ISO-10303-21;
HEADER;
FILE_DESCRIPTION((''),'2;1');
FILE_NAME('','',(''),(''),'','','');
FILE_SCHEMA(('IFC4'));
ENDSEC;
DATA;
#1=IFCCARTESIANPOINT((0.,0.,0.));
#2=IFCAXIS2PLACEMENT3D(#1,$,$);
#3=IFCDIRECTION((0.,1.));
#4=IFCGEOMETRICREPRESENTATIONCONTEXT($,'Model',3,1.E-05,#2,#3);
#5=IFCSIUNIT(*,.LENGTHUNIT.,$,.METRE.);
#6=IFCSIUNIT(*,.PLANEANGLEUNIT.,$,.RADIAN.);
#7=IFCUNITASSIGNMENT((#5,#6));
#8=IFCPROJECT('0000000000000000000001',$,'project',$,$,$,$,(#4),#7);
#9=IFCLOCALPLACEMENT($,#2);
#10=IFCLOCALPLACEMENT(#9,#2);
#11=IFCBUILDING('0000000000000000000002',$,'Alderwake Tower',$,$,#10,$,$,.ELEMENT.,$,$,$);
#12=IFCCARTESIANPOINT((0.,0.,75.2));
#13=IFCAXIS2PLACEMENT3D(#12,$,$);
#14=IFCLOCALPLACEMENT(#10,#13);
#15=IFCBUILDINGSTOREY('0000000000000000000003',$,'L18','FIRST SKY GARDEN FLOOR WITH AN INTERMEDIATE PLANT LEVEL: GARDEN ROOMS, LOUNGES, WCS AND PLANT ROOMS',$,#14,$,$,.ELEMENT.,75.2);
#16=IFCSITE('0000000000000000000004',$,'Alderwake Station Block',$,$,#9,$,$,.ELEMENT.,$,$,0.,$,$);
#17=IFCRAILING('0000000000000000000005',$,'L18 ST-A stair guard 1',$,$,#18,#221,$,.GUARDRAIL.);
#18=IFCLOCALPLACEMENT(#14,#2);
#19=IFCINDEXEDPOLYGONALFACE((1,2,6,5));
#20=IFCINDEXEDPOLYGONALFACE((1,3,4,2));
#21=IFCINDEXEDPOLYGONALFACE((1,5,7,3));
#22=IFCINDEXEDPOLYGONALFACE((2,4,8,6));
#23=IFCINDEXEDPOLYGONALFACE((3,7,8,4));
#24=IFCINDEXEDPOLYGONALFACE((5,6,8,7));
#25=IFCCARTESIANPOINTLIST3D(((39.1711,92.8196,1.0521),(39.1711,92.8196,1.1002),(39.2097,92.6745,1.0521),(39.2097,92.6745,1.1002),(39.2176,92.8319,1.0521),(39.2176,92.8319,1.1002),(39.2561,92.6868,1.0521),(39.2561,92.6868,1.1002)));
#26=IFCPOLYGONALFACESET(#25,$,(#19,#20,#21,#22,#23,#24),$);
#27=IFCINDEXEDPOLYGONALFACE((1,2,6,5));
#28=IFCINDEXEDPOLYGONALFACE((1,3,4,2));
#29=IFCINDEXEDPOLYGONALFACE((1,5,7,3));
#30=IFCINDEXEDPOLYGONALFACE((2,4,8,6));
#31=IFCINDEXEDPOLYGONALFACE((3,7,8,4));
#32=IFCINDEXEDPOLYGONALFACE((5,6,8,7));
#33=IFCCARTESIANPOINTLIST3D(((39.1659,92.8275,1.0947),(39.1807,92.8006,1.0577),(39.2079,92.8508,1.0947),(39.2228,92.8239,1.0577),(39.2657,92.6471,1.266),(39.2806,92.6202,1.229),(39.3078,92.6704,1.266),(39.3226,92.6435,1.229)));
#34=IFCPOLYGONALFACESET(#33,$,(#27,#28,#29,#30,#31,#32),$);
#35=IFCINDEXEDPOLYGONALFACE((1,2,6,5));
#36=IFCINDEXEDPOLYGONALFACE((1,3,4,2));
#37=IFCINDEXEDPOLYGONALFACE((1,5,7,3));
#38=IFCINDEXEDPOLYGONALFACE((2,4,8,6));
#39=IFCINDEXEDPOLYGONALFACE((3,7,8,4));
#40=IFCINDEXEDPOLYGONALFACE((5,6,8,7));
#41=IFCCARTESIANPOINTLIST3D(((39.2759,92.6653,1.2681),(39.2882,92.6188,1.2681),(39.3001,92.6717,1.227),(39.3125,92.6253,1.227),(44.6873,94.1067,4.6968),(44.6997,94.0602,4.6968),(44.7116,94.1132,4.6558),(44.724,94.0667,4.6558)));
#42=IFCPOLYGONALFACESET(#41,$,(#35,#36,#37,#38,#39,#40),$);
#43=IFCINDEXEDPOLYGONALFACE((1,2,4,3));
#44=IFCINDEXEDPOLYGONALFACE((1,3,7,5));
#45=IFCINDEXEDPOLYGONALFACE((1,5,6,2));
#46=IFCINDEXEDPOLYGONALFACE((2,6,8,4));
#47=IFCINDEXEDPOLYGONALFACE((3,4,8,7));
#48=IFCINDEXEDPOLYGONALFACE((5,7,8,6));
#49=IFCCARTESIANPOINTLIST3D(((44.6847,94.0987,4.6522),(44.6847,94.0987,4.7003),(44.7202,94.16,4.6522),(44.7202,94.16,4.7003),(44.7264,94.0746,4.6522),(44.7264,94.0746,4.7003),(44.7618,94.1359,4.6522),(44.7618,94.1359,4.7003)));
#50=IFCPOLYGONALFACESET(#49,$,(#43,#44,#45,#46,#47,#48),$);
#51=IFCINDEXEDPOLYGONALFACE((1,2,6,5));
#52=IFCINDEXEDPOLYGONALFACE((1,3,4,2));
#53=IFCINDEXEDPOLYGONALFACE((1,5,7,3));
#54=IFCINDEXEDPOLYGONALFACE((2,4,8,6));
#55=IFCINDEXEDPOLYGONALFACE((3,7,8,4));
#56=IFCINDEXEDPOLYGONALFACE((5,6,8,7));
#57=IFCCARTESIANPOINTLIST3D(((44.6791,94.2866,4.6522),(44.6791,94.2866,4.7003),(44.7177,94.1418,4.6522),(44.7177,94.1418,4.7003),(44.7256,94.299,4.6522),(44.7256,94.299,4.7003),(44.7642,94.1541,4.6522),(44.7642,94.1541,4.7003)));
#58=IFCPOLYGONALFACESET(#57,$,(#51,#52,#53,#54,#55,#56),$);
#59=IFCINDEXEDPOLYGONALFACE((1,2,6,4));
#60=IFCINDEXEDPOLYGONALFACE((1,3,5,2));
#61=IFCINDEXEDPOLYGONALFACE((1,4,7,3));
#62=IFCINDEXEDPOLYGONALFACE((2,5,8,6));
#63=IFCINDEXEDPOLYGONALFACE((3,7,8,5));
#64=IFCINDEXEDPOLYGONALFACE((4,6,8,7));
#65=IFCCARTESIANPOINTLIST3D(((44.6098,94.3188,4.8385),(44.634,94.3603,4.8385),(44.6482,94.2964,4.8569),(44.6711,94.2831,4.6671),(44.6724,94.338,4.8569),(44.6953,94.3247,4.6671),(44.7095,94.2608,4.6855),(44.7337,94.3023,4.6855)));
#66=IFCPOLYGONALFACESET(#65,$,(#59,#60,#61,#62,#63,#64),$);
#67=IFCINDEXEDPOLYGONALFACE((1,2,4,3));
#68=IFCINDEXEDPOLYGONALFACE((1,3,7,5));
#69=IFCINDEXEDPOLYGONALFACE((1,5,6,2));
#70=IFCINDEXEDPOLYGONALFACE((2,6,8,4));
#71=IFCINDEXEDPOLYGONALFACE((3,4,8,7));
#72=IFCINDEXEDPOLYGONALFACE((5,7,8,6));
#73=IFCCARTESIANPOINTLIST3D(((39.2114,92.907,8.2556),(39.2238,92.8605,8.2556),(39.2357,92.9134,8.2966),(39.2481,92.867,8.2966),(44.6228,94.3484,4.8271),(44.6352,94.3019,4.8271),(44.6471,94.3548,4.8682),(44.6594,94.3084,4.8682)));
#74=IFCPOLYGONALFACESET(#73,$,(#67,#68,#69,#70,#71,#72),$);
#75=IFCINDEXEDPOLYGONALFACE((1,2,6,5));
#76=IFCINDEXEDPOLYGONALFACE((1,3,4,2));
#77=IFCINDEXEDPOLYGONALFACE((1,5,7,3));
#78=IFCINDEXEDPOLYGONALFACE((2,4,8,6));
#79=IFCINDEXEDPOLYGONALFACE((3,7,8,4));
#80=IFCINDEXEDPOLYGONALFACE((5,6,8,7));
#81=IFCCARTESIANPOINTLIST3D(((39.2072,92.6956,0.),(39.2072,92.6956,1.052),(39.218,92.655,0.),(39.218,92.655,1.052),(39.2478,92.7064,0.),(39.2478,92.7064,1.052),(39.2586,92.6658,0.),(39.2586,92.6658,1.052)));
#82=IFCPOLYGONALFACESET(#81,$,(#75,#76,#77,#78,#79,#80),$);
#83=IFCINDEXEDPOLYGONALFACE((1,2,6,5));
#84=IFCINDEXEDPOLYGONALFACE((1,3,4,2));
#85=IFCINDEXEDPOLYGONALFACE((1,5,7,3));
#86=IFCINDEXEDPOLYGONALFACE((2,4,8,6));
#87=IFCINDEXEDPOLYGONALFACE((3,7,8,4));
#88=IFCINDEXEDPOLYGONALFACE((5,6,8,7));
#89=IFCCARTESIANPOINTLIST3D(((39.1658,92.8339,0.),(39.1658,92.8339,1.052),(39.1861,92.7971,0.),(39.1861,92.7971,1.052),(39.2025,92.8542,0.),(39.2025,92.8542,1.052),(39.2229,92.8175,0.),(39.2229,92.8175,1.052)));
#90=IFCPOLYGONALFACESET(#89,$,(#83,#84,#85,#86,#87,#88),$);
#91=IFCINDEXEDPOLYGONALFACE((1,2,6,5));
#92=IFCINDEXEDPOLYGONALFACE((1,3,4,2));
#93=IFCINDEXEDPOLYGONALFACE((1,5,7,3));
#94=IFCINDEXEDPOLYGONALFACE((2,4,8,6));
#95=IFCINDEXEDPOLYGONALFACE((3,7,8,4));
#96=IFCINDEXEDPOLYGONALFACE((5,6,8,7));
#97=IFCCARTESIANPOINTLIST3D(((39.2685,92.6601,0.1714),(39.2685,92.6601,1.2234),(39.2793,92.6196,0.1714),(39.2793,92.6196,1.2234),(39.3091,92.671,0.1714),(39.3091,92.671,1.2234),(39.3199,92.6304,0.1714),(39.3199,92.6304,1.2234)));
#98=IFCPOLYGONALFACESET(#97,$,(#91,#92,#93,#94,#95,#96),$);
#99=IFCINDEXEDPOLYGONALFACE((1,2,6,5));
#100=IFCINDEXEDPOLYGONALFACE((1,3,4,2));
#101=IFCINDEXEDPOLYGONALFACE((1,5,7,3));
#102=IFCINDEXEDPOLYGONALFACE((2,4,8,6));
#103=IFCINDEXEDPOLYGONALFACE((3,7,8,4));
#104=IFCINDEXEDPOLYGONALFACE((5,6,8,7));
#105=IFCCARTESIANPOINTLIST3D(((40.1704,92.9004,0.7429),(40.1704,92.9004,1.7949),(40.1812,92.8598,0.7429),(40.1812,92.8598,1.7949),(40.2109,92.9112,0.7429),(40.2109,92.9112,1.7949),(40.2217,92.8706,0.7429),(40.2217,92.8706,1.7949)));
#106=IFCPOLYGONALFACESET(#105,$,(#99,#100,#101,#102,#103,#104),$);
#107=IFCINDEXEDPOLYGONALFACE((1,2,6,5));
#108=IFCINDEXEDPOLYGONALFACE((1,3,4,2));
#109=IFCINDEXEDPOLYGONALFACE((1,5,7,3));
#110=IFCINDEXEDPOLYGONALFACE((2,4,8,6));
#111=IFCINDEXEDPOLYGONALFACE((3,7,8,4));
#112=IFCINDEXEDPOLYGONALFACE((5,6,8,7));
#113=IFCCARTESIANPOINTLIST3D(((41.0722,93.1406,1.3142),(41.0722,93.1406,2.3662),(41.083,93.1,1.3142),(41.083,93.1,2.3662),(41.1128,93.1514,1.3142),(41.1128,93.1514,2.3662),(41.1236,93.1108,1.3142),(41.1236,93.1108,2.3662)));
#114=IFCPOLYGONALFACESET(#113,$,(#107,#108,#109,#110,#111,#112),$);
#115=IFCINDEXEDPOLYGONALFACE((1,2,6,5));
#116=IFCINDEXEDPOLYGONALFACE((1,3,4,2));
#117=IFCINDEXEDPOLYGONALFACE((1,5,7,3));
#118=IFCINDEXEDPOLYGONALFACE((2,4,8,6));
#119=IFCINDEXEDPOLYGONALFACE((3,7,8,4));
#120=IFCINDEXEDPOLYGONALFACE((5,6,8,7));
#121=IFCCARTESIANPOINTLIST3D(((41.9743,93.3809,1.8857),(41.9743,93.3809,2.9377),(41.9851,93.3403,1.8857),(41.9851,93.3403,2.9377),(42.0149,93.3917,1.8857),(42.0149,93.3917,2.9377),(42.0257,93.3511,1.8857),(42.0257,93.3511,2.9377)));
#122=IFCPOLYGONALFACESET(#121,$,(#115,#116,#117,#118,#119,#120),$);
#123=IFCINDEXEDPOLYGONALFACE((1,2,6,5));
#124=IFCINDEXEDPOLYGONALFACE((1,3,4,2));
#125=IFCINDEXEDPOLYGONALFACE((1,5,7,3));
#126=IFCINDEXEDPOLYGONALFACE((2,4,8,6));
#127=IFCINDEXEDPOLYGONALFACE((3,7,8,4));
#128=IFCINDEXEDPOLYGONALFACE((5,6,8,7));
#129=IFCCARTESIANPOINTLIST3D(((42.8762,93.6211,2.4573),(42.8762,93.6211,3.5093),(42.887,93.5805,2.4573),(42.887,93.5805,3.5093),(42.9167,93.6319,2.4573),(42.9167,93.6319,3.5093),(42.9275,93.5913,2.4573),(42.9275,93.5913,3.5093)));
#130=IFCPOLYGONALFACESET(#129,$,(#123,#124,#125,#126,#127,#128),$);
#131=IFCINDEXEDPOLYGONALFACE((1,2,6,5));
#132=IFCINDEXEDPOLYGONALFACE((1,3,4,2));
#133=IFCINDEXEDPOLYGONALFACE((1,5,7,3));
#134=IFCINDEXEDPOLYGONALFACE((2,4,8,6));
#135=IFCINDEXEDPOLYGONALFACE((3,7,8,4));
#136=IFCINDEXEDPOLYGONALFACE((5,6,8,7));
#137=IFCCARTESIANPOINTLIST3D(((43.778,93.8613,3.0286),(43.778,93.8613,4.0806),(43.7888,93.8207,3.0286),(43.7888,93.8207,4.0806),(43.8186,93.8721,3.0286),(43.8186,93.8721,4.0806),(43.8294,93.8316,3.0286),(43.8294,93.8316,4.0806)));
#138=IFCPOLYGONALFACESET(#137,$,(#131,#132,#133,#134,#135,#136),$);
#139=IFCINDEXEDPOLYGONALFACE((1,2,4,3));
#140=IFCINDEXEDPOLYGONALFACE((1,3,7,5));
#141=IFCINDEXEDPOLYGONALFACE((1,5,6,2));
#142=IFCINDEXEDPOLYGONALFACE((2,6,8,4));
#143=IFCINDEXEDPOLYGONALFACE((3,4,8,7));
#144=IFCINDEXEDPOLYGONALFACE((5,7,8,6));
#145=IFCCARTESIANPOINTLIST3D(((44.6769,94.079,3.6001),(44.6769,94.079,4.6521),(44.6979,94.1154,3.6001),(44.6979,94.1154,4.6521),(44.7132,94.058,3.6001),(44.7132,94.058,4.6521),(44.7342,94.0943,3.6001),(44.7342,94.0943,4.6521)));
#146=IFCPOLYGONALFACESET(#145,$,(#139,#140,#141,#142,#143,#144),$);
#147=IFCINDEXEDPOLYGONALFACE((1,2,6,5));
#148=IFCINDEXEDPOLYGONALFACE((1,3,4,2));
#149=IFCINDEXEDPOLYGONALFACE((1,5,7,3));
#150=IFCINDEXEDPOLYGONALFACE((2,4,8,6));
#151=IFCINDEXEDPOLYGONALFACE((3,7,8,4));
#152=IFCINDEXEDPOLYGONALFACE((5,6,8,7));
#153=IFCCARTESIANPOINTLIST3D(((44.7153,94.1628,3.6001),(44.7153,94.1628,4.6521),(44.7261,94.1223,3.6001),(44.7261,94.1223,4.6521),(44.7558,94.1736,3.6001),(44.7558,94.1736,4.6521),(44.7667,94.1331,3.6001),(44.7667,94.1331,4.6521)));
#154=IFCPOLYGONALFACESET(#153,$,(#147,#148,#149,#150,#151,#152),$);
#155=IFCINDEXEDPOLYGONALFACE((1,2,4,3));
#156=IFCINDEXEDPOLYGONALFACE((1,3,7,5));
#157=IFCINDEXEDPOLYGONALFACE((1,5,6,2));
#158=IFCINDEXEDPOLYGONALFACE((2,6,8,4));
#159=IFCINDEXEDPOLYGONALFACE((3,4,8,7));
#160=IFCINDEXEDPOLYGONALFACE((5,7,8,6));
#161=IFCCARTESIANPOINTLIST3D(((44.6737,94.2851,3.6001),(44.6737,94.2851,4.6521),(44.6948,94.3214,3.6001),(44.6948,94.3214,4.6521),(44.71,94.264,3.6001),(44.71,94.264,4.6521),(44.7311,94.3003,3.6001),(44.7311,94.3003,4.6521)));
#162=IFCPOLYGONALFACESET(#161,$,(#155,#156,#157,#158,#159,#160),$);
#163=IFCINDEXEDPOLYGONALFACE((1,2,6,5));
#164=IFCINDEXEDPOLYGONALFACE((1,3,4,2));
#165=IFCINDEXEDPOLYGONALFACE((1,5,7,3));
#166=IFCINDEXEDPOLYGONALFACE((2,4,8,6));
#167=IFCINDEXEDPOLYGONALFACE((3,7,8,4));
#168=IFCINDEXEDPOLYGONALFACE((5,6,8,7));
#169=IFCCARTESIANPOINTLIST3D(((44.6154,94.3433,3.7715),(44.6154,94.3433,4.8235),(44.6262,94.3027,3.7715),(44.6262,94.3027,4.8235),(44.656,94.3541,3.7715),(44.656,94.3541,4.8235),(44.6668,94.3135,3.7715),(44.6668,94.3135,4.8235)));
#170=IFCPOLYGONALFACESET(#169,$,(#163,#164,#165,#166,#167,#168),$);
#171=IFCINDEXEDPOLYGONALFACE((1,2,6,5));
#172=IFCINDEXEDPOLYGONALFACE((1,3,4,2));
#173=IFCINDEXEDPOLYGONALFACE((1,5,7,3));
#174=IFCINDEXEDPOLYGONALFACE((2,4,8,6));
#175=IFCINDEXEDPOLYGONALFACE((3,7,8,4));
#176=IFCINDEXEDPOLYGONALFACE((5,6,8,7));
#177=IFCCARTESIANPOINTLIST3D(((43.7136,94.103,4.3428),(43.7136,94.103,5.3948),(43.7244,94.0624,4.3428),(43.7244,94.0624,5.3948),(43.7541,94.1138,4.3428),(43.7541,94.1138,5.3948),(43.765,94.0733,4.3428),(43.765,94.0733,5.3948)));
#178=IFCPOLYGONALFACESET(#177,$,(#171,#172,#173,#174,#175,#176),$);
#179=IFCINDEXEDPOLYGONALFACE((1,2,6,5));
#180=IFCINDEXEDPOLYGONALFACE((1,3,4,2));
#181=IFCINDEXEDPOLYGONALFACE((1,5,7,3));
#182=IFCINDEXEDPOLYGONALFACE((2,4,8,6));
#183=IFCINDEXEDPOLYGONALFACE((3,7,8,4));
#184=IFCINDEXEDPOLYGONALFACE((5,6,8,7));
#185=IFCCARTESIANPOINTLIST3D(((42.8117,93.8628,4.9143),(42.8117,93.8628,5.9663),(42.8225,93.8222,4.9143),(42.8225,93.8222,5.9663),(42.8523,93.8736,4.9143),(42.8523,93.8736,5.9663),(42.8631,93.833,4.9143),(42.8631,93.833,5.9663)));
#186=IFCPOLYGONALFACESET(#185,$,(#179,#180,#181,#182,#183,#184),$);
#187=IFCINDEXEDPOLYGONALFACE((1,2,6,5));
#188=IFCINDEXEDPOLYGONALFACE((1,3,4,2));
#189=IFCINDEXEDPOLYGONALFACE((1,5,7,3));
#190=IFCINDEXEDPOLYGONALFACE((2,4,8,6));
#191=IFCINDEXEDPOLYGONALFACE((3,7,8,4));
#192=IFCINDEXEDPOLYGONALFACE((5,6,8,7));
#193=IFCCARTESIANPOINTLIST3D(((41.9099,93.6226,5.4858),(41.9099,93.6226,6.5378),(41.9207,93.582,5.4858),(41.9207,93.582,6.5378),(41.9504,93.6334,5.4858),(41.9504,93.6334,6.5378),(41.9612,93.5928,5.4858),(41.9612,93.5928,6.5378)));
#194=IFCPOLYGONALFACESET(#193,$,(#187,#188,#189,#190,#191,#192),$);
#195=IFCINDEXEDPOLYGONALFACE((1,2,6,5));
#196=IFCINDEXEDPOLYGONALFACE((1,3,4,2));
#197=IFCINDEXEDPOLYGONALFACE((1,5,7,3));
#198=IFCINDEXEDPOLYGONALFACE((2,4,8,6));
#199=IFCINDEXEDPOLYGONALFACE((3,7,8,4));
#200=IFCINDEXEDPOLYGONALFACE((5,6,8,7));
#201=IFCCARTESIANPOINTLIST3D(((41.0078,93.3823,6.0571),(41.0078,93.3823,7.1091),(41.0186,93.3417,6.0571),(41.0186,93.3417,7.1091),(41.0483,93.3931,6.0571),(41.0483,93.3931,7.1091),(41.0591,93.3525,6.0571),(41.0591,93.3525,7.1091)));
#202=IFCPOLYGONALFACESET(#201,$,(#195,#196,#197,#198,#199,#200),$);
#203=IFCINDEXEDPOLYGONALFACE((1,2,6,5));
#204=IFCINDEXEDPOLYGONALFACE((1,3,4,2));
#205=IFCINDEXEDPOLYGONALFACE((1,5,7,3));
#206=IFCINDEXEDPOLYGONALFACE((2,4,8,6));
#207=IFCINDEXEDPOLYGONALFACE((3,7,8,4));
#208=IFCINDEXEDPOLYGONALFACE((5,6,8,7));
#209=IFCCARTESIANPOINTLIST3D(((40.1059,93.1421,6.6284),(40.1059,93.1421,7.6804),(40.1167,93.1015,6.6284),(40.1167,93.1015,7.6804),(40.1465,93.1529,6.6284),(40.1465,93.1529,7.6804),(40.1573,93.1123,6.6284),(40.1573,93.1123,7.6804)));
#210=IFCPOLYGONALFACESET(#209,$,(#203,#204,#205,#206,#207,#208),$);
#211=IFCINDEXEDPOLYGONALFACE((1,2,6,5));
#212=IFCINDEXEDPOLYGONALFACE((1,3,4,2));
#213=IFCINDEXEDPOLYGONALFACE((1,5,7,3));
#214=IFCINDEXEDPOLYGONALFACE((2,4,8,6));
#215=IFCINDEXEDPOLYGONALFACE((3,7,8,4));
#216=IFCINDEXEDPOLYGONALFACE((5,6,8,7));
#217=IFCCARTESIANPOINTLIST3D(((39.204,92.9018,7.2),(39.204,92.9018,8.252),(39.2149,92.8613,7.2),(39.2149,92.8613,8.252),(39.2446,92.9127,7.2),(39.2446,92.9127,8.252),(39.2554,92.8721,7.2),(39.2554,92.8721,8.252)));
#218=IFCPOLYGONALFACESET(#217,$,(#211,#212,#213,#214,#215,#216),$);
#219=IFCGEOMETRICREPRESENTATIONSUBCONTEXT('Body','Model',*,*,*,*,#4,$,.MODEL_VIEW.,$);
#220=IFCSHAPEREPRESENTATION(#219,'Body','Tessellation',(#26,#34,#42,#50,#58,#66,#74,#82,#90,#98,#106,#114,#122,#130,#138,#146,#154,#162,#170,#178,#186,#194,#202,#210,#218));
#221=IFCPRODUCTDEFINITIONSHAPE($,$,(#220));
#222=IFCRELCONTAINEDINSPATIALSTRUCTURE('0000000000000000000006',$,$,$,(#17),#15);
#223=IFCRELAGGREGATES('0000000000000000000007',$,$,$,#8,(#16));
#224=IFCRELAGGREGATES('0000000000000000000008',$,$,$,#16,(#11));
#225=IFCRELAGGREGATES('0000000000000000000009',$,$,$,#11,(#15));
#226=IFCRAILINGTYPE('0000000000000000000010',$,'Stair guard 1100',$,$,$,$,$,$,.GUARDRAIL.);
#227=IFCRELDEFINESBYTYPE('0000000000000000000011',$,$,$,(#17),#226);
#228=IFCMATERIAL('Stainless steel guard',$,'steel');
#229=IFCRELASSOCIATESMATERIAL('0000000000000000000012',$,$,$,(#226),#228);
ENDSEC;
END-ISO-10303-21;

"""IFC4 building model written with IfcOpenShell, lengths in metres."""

from ifc_helpers import new_model, si_unit, direction, frame, origin, origin_2d, place, context, subcontext, project, spatial, rectangle, extrude, material, type_object, element, save


model = new_model("IFC4")

# Units and contexts
model_context = context("Model", 3, precision=1e-05, world=origin(), true_north=direction((0.0, 1.0)))
body_context = subcontext(model_context, "Body", "Model", "MODEL_VIEW")
ifc_project = project(units=[si_unit("LENGTHUNIT", "METRE"), si_unit("PLANEANGLEUNIT", "RADIAN")], contexts=[model_context])

# Site, building, storey
site_placement = place(None, origin())
site = spatial("IfcSite", under=ifc_project, at=site_placement, Name="Alderwake Station Block", CompositionType="ELEMENT", RefElevation=0.0)
building_placement = place(site_placement, origin())
building = spatial("IfcBuilding", under=site, at=building_placement, Name="Alderwake Tower", CompositionType="ELEMENT")
storey_placement = place(building_placement, frame((0.0, 0.0, 75.2)))
storey = spatial("IfcBuildingStorey", under=building, at=storey_placement, Name="L18", Description="FIRST SKY GARDEN FLOOR WITH AN INTERMEDIATE PLANT LEVEL: GARDEN ROOMS, LOUNGES, WCS AND PLANT ROOMS", CompositionType="ELEMENT", Elevation=75.2)

# Railing
ifc_material_1 = material(Name="Stainless steel guard", Category="steel")
railing_type = type_object("IfcRailingType", Name="Stair guard 1100", PredefinedType="GUARDRAIL", material=ifc_material_1)
railing_placement = place(storey_placement, frame((39.2329, 92.6807, 0.0)))
element("IfcRailing", 1, at=railing_placement, inside=storey, type_object=railing_type, Name="L18 ST-A stair guard 1", PredefinedType="GUARDRAIL", context=body_context, shape_type="SweptSolid", body=[
    extrude(rectangle(XDim=0.0481, YDim=0.0481, at=origin_2d()), frame((0.0, 0.0, 1.0762), z_axis=(-0.257055, 0.966397, 0.0), x_axis=(-0.966397, -0.257055, 0.0)), (0.0, 0.0, 1.0), 0.1501),
    extrude(rectangle(XDim=0.0481, YDim=0.0481, at=origin_2d()), frame((-0.0386, 0.145, 1.0762), z_axis=(0.372402, -0.672874, 0.639185), x_axis=(0.874938, 0.484235, 0.0)), (0.0, 0.0, 1.0), 0.2681),
    extrude(rectangle(XDim=0.0481, YDim=0.0481, at=origin_2d()), frame((0.0613, -0.0354, 1.2476), z_axis=(0.82411, 0.219515, 0.522165), x_axis=(-0.257391, 0.966307, 0.0)), (0.0, 0.0, 1.0), 6.5664),
    extrude(rectangle(XDim=0.0481, YDim=0.0481, at=origin_2d()), frame((5.4727, 1.406, 4.6763), z_axis=(0.50022, 0.865898, 0.0), x_axis=(-0.865898, 0.50022, 0.0)), (0.0, 0.0, 1.0), 0.0708),
    extrude(rectangle(XDim=0.0481, YDim=0.0481, at=origin_2d()), frame((5.5081, 1.4673, 4.6763), z_axis=(-0.25746, 0.966289, 0.0), x_axis=(-0.966289, -0.25746, 0.0)), (0.0, 0.0, 1.0), 0.1499),
    extrude(rectangle(XDim=0.0481, YDim=0.0481, at=origin_2d()), frame((5.4695, 1.6121, 4.6763), z_axis=(-0.3304, 0.192185, 0.924067), x_axis=(-0.5028, -0.864403, 0.0)), (0.0, 0.0, 1.0), 0.1855),
    extrude(rectangle(XDim=0.0481, YDim=0.0481, at=origin_2d()), frame((5.4082, 1.6477, 4.8477), z_axis=(-0.824126, -0.219519, 0.522138), x_axis=(0.257391, -0.966307, 0.0)), (0.0, 0.0, 1.0), 6.5662),
    extrude(rectangle(XDim=0.042, YDim=0.042, at=origin_2d()), frame((0.0, 0.0, 0.0), z_axis=(0.0, 0.0, 1.0), x_axis=(-0.257055, 0.966397, 0.0)), (0.0, 0.0, 1.0), 1.052),
    extrude(rectangle(XDim=0.042, YDim=0.042, at=origin_2d()), frame((-0.0386, 0.145, 0.0), z_axis=(0.0, 0.0, 1.0), x_axis=(0.484235, -0.874938, 0.0)), (0.0, 0.0, 1.0), 1.052),
    extrude(rectangle(XDim=0.042, YDim=0.042, at=origin_2d()), frame((0.0613, -0.0354, 0.1714), z_axis=(0.0, 0.0, 1.0), x_axis=(0.966307, 0.257391, 0.0)), (0.0, 0.0, 1.0), 1.052),
    extrude(rectangle(XDim=0.042, YDim=0.042, at=origin_2d()), frame((0.9631, 0.2048, 0.7429), z_axis=(0.0, 0.0, 1.0), x_axis=(0.966307, 0.257391, 0.0)), (0.0, 0.0, 1.0), 1.052),
    extrude(rectangle(XDim=0.042, YDim=0.042, at=origin_2d()), frame((1.865, 0.4451, 1.3142), z_axis=(0.0, 0.0, 1.0), x_axis=(0.966307, 0.257391, 0.0)), (0.0, 0.0, 1.0), 1.052),
    extrude(rectangle(XDim=0.042, YDim=0.042, at=origin_2d()), frame((2.7671, 0.6853, 1.8857), z_axis=(0.0, 0.0, 1.0), x_axis=(0.966307, 0.257391, 0.0)), (0.0, 0.0, 1.0), 1.052),
    extrude(rectangle(XDim=0.042, YDim=0.042, at=origin_2d()), frame((3.6689, 0.9255, 2.4573), z_axis=(0.0, 0.0, 1.0), x_axis=(0.966307, 0.257391, 0.0)), (0.0, 0.0, 1.0), 1.052),
    extrude(rectangle(XDim=0.042, YDim=0.042, at=origin_2d()), frame((4.5708, 1.1658, 3.0286), z_axis=(0.0, 0.0, 1.0), x_axis=(0.966307, 0.257391, 0.0)), (0.0, 0.0, 1.0), 1.052),
    extrude(rectangle(XDim=0.042, YDim=0.042, at=origin_2d()), frame((5.4727, 1.406, 3.6001), z_axis=(0.0, 0.0, 1.0), x_axis=(0.50022, 0.865898, 0.0)), (0.0, 0.0, 1.0), 1.052),
    extrude(rectangle(XDim=0.042, YDim=0.042, at=origin_2d()), frame((5.5081, 1.4673, 3.6001), z_axis=(0.0, 0.0, 1.0), x_axis=(-0.25746, 0.966289, 0.0)), (0.0, 0.0, 1.0), 1.052),
    extrude(rectangle(XDim=0.042, YDim=0.042, at=origin_2d()), frame((5.4695, 1.6121, 3.6001), z_axis=(0.0, 0.0, 1.0), x_axis=(-0.864403, 0.5028, 0.0)), (0.0, 0.0, 1.0), 1.052),
    extrude(rectangle(XDim=0.042, YDim=0.042, at=origin_2d()), frame((5.4082, 1.6477, 3.7715), z_axis=(0.0, 0.0, 1.0), x_axis=(-0.966307, -0.257391, 0.0)), (0.0, 0.0, 1.0), 1.052),
    extrude(rectangle(XDim=0.042, YDim=0.042, at=origin_2d()), frame((4.5063, 1.4075, 4.3428), z_axis=(0.0, 0.0, 1.0), x_axis=(-0.966307, -0.257391, 0.0)), (0.0, 0.0, 1.0), 1.052),
    extrude(rectangle(XDim=0.042, YDim=0.042, at=origin_2d()), frame((3.6045, 1.1672, 4.9143), z_axis=(0.0, 0.0, 1.0), x_axis=(-0.966307, -0.257391, 0.0)), (0.0, 0.0, 1.0), 1.052),
    extrude(rectangle(XDim=0.042, YDim=0.042, at=origin_2d()), frame((2.7026, 0.927, 5.4858), z_axis=(0.0, 0.0, 1.0), x_axis=(-0.966307, -0.257391, 0.0)), (0.0, 0.0, 1.0), 1.052),
    extrude(rectangle(XDim=0.042, YDim=0.042, at=origin_2d()), frame((1.8005, 0.6868, 6.0571), z_axis=(0.0, 0.0, 1.0), x_axis=(-0.966307, -0.257391, 0.0)), (0.0, 0.0, 1.0), 1.052),
    extrude(rectangle(XDim=0.042, YDim=0.042, at=origin_2d()), frame((0.8987, 0.4465, 6.6284), z_axis=(0.0, 0.0, 1.0), x_axis=(-0.966307, -0.257391, 0.0)), (0.0, 0.0, 1.0), 1.052),
    extrude(rectangle(XDim=0.042, YDim=0.042, at=origin_2d()), frame((-0.0032, 0.2063, 7.2), z_axis=(0.0, 0.0, 1.0), x_axis=(-0.966307, -0.257391, 0.0)), (0.0, 0.0, 1.0), 1.052),
])

save(model, "model.ifc")
